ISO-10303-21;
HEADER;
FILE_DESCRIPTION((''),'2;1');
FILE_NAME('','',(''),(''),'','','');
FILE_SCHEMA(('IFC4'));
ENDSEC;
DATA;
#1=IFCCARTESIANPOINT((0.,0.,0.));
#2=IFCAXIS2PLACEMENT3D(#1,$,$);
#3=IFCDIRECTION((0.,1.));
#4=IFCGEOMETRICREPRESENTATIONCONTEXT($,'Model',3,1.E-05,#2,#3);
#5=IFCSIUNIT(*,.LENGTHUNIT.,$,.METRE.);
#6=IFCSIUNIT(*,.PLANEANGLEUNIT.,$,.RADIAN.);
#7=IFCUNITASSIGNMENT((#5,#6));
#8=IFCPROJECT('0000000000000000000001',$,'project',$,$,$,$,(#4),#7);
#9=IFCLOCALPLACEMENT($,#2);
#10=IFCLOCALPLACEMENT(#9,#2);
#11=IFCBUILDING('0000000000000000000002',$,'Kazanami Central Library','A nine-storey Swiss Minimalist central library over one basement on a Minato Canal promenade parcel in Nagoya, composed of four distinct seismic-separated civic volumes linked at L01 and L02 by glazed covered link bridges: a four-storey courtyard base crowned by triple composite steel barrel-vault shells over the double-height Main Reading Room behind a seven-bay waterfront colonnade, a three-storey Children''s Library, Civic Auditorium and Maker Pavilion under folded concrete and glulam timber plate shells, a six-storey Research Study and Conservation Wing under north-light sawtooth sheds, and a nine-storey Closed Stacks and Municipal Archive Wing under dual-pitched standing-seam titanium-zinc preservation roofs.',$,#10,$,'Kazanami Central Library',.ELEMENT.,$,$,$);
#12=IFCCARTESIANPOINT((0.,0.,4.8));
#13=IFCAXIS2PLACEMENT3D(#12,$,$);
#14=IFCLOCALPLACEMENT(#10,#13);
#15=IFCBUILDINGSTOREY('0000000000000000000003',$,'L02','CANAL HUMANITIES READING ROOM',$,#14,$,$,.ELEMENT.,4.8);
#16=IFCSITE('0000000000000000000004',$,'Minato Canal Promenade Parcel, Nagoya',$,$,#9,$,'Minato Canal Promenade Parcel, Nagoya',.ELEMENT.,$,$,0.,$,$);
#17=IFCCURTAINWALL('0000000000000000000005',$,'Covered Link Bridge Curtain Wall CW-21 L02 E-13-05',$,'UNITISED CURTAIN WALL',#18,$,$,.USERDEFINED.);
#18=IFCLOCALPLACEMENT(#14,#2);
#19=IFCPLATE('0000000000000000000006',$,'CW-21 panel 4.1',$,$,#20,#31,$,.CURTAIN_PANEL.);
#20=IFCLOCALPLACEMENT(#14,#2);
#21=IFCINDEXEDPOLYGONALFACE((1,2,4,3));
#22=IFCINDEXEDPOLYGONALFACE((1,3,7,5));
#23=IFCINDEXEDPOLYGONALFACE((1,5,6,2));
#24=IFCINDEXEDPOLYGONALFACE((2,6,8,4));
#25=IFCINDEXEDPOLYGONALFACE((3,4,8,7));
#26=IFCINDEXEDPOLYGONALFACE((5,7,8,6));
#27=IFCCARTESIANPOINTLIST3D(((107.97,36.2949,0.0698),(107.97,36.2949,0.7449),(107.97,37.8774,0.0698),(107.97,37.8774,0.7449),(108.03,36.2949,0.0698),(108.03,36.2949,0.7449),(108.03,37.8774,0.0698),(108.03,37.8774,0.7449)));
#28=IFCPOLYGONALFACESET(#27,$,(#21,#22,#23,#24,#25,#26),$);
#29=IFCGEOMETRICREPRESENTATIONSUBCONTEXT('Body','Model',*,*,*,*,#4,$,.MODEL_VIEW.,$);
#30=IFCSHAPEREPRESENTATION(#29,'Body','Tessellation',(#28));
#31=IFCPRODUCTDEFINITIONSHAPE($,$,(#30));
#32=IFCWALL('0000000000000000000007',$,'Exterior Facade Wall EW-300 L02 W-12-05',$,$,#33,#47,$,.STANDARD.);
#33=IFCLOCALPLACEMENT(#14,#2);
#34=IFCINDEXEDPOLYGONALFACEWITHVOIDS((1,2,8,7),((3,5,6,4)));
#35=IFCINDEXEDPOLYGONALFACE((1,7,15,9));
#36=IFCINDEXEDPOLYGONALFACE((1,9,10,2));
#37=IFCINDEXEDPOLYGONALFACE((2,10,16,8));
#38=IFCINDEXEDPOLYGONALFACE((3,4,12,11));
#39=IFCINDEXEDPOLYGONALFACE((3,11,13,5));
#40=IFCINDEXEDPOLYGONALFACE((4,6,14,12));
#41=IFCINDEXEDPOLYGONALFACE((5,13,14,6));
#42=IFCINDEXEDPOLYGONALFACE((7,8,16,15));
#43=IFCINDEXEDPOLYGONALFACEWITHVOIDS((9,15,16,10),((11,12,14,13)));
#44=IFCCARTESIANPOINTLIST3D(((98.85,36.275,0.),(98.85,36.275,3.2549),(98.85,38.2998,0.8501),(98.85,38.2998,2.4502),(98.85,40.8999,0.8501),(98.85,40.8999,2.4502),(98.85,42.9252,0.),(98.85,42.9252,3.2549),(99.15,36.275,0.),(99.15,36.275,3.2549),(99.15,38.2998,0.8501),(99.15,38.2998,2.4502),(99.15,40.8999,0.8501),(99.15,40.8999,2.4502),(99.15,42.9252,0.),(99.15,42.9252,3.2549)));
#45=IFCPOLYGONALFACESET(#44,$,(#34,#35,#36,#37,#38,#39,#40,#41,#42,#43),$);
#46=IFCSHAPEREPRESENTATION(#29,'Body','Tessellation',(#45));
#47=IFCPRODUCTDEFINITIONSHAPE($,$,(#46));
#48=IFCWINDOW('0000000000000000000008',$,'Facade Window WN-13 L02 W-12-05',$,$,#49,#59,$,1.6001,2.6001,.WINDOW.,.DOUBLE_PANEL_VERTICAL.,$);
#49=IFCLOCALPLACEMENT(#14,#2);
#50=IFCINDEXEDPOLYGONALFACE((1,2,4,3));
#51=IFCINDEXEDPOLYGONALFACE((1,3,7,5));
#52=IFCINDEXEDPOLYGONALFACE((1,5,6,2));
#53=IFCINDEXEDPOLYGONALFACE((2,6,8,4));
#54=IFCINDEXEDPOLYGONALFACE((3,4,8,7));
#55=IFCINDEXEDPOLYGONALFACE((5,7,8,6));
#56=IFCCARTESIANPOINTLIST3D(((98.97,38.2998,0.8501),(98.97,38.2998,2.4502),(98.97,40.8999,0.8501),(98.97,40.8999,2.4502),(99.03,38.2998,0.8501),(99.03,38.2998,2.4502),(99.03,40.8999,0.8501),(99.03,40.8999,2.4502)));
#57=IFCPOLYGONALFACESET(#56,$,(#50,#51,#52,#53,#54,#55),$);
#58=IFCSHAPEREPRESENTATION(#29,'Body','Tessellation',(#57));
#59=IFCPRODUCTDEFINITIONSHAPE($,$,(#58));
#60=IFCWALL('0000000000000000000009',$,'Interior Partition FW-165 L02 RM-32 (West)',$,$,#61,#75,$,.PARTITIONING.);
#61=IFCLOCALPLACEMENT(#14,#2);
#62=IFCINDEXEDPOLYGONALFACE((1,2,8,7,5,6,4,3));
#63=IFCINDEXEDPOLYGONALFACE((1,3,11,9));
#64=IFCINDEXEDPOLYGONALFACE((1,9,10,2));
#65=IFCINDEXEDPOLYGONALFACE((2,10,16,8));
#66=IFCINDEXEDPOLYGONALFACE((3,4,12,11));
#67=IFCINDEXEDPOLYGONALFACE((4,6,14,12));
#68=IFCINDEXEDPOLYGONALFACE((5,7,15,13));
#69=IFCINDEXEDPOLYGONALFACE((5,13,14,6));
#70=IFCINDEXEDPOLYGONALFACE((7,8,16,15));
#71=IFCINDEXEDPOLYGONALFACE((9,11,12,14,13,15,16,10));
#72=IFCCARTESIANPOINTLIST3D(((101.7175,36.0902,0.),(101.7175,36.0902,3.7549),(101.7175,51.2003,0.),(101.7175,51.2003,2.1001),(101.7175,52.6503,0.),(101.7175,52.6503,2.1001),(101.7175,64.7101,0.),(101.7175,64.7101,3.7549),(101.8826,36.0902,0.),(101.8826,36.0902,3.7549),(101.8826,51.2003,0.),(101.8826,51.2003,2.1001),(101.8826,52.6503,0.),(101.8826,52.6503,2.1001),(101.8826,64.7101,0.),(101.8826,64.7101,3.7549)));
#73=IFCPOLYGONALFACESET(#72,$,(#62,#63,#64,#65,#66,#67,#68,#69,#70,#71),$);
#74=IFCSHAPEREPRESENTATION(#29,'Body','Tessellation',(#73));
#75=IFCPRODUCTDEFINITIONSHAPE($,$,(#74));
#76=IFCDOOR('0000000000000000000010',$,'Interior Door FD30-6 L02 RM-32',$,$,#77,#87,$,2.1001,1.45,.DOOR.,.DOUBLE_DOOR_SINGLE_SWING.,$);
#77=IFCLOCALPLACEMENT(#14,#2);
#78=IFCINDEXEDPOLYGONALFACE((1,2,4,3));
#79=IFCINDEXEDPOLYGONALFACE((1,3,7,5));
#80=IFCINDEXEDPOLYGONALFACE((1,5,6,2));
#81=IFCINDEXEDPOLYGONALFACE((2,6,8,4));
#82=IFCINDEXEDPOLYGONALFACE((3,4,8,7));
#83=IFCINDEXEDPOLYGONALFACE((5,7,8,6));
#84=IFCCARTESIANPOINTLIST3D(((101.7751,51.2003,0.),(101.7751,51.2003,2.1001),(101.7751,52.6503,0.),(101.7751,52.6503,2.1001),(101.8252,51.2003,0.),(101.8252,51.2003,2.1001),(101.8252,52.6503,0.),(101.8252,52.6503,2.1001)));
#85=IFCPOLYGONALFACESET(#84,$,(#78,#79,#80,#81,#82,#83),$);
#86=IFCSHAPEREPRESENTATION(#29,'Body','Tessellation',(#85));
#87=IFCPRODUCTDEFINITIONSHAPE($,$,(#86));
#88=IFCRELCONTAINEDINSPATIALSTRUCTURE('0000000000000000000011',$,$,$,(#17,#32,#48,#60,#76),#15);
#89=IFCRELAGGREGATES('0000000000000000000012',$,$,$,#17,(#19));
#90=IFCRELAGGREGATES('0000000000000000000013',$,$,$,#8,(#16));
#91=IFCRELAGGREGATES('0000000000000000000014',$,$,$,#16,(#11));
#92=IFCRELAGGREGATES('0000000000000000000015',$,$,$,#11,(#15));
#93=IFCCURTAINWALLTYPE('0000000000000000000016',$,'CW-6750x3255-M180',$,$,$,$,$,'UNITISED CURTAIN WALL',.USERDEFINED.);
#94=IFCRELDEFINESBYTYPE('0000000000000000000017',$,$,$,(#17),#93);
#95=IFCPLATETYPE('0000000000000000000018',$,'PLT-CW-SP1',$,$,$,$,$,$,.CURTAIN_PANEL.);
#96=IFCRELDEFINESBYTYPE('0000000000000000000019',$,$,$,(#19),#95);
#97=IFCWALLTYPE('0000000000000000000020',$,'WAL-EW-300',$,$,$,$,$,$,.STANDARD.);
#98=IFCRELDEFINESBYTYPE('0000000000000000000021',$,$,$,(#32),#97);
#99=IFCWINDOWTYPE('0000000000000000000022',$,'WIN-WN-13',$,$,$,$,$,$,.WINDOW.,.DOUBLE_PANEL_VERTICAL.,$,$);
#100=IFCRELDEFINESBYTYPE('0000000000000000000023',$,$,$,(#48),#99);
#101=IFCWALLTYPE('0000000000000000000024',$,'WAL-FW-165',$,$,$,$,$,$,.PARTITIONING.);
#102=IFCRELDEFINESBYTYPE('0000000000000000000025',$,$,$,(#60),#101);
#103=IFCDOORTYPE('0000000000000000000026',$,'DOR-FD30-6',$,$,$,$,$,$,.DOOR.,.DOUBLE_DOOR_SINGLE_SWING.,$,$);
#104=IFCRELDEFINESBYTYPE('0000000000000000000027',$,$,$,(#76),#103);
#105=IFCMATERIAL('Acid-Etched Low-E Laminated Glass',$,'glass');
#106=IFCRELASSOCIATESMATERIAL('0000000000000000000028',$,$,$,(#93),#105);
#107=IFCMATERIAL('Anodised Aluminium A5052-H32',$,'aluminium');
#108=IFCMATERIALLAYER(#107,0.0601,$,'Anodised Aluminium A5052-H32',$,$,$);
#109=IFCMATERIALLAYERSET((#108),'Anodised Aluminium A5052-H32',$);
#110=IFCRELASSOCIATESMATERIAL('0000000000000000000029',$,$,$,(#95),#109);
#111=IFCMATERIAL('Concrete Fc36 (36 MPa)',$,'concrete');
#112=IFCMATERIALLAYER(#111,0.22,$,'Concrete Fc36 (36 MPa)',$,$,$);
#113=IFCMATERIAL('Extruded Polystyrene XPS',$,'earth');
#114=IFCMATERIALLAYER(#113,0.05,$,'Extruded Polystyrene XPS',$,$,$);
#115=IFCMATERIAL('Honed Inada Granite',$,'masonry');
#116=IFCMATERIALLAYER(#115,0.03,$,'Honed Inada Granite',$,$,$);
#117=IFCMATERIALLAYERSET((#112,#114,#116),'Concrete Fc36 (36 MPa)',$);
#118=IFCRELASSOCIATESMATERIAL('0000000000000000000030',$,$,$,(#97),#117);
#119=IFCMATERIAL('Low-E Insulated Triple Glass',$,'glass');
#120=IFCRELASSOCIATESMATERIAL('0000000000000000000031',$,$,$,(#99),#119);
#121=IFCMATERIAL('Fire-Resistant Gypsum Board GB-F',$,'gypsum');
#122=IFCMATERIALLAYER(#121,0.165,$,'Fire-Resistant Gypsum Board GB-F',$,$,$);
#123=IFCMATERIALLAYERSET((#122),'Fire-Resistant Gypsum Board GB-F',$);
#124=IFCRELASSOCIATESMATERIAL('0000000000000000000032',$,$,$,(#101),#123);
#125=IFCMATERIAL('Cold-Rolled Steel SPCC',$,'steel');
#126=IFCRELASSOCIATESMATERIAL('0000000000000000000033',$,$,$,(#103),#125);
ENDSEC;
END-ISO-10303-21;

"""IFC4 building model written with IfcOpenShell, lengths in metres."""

from ifc_helpers import new_model, si_unit, direction, frame, frame_2d, origin, origin_2d, place, context, subcontext, project, spatial, rectangle, extrude, material, layer, layer_set, type_object, element, fill, aggregate, save


model = new_model("IFC4")

# Units and contexts
model_context = context("Model", 3, precision=1e-05, world=origin(), true_north=direction((0.0, 1.0)))
body_context = subcontext(model_context, "Body", "Model", "MODEL_VIEW")
ifc_project = project(units=[si_unit("LENGTHUNIT", "METRE"), si_unit("PLANEANGLEUNIT", "RADIAN")], contexts=[model_context])

# Site, building, storey
site_placement = place(None, origin())
site = spatial("IfcSite", under=ifc_project, at=site_placement, Name="Minato Canal Promenade Parcel, Nagoya", LongName="Minato Canal Promenade Parcel, Nagoya", CompositionType="ELEMENT", RefElevation=0.0)
building_placement = place(site_placement, origin())
building = spatial("IfcBuilding", under=site, at=building_placement, Name="Kazanami Central Library", Description="A nine-storey Swiss Minimalist central library over one basement on a Minato Canal promenade parcel in Nagoya, composed of four distinct seismic-separated civic volumes linked at L01 and L02 by glazed covered link bridges: a four-storey courtyard base crowned by triple composite steel barrel-vault shells over the double-height Main Reading Room behind a seven-bay waterfront colonnade, a three-storey Children's Library, Civic Auditorium and Maker Pavilion under folded concrete and glulam timber plate shells, a six-storey Research Study and Conservation Wing under north-light sawtooth sheds, and a nine-storey Closed Stacks and Municipal Archive Wing under dual-pitched standing-seam titanium-zinc preservation roofs.", LongName="Kazanami Central Library", CompositionType="ELEMENT")
storey_placement = place(building_placement, frame((0.0, 0.0, 4.8)))
storey = spatial("IfcBuildingStorey", under=building, at=storey_placement, Name="L02", Description="CANAL HUMANITIES READING ROOM", CompositionType="ELEMENT", Elevation=4.8)

# Curtain wall
ifc_material_1 = material(Name="Acid-Etched Low-E Laminated Glass", Category="glass")
curtain_wall_type_1 = type_object("IfcCurtainWallType", Name="CW-6750x3255-M180", ElementType="UNITISED CURTAIN WALL", PredefinedType="USERDEFINED", material=ifc_material_1)
curtain_wall_1_placement = place(storey_placement, origin())
curtain_wall_1 = element("IfcCurtainWall", 1, at=curtain_wall_1_placement, inside=storey, type_object=curtain_wall_type_1, Name="Covered Link Bridge Curtain Wall CW-21 L02 E-13-05", ObjectType="UNITISED CURTAIN WALL", PredefinedType="USERDEFINED")

# Plate
ifc_material_2 = material(Name="Low-E Insulated Triple Glass", Category="glass")
ifc_material_3 = material(Name="Anodised Aluminium A5052-H32", Category="aluminium")
ifc_layer_1 = layer(ifc_material_3, 0.0601, Name="Anodised Aluminium A5052-H32")
ifc_layer_set_1 = layer_set([ifc_layer_1], Name="Anodised Aluminium A5052-H32")
plate_type_1 = type_object("IfcPlateType", Name="PLT-CW-SP1", PredefinedType="CURTAIN_PANEL", material=ifc_layer_set_1)
plate_1_placement = place(storey_placement, frame((108.0, 37.0862, 0.0698), z_axis=(0.0, 0.0, 1.0), x_axis=(0.0, -1.0, 0.0)))
plate_1 = element("IfcPlate", 2, at=plate_1_placement, type_object=plate_type_1, Name="CW-21 panel 4.1", PredefinedType="CURTAIN_PANEL", context=body_context, shape_type="SweptSolid", body=[
    extrude(rectangle(XDim=1.5825, YDim=0.0601, at=origin_2d()), origin(), (0.0, 0.0, 1.0), 0.675),
])
aggregate(curtain_wall_1, [plate_1])

# Wall, opening, window
ifc_material_4 = material(Name="Concrete Fc36 (36 MPa)", Category="concrete")
ifc_layer_2 = layer(ifc_material_4, 0.22, Name="Concrete Fc36 (36 MPa)")
ifc_material_5 = material(Name="Extruded Polystyrene XPS", Category="earth")
ifc_layer_3 = layer(ifc_material_5, 0.05, Name="Extruded Polystyrene XPS")
ifc_material_6 = material(Name="Honed Inada Granite", Category="masonry")
ifc_layer_4 = layer(ifc_material_6, 0.03, Name="Honed Inada Granite")
ifc_layer_set_2 = layer_set([ifc_layer_2, ifc_layer_3, ifc_layer_4], Name="Concrete Fc36 (36 MPa)")
wall_type_1 = type_object("IfcWallType", Name="WAL-EW-300", PredefinedType="STANDARD", material=ifc_layer_set_2)
wall_1_placement = place(storey_placement, frame((99.0, 36.2749, 0.0), z_axis=(0.0, 0.0, 1.0), x_axis=(0.0, 1.0, 0.0)))
wall_1 = element("IfcWall", 3, at=wall_1_placement, inside=storey, type_object=wall_type_1, Name="Exterior Facade Wall EW-300 L02 W-12-05", PredefinedType="STANDARD", context=body_context, shape_type="SweptSolid", body=[
    extrude(rectangle(XDim=6.6501, YDim=0.3, at=frame_2d((3.3252, 0.0))), origin(), (0.0, 0.0, 1.0), 3.2549),
])
opening_1_placement = place(wall_1_placement, frame((2.0249, 0.0, 0.8501)))
opening_1 = element("IfcOpeningElement", 4, at=opening_1_placement, cuts=wall_1, PredefinedType="OPENING", context=body_context, shape_type="SweptSolid", body=[
    extrude(rectangle(XDim=2.6001, YDim=1.6001, at=frame_2d((1.3, 0.8))), frame((0.0, 0.1621, 0.0), z_axis=(0.0, -1.0, 0.0), x_axis=(1.0, 0.0, 0.0)), (0.0, 0.0, 1.0), 0.324),
])
window_type = type_object("IfcWindowType", Name="WIN-WN-13", PartitioningType="DOUBLE_PANEL_VERTICAL", PredefinedType="WINDOW", material=ifc_material_2)
window_placement = place(opening_1_placement, origin())
window = element("IfcWindow", 5, at=window_placement, inside=storey, type_object=window_type, Name="Facade Window WN-13 L02 W-12-05", OverallHeight=1.6001, OverallWidth=2.6001, PartitioningType="DOUBLE_PANEL_VERTICAL", PredefinedType="WINDOW", context=body_context, shape_type="SweptSolid", body=[
    extrude(rectangle(XDim=2.6001, YDim=1.6001, at=frame_2d((1.3, 0.8))), frame((0.0, 0.03, 0.0), z_axis=(0.0, -1.0, 0.0), x_axis=(1.0, 0.0, 0.0)), (0.0, 0.0, 1.0), 0.0601),
])
fill(opening_1, window)

# Shared definitions
ifc_material_7 = material(Name="Fire-Resistant Gypsum Board GB-F", Category="gypsum")
ifc_layer_5 = layer(ifc_material_7, 0.165, Name="Fire-Resistant Gypsum Board GB-F")
ifc_layer_set_3 = layer_set([ifc_layer_5], Name="Fire-Resistant Gypsum Board GB-F")
wall_type_2 = type_object("IfcWallType", Name="WAL-FW-165", PredefinedType="PARTITIONING", material=ifc_layer_set_3)

# Wall, opening, door
wall_2_placement = place(storey_placement, frame((101.8, 36.0901, 0.0), z_axis=(0.0, 0.0, 1.0), x_axis=(0.0, 1.0, 0.0)))
wall_2 = element("IfcWall", 6, at=wall_2_placement, inside=storey, type_object=wall_type_2, Name="Interior Partition FW-165 L02 RM-32 (West)", PredefinedType="PARTITIONING", context=body_context, shape_type="SweptSolid", body=[
    extrude(rectangle(XDim=28.6199, YDim=0.165, at=frame_2d((14.3101, 0.0))), origin(), (0.0, 0.0, 1.0), 3.7549),
])
opening_2_placement = place(wall_2_placement, frame((15.1101, 0.0, 0.0)))
opening_2 = element("IfcOpeningElement", 7, at=opening_2_placement, cuts=wall_2, PredefinedType="OPENING", context=body_context, shape_type="SweptSolid", body=[
    extrude(rectangle(XDim=1.45, YDim=2.1001, at=frame_2d((0.7251, 1.05))), frame((0.0, 0.0945, 0.0), z_axis=(0.0, -1.0, 0.0), x_axis=(1.0, 0.0, 0.0)), (0.0, 0.0, 1.0), 0.189),
])
ifc_material_8 = material(Name="Cold-Rolled Steel SPCC", Category="steel")
door_type = type_object("IfcDoorType", Name="DOR-FD30-6", OperationType="DOUBLE_DOOR_SINGLE_SWING", PredefinedType="DOOR", material=ifc_material_8)
door_placement = place(opening_2_placement, origin())
door = element("IfcDoor", 8, at=door_placement, inside=storey, type_object=door_type, Name="Interior Door FD30-6 L02 RM-32", OperationType="DOUBLE_DOOR_SINGLE_SWING", OverallHeight=2.1001, OverallWidth=1.45, PredefinedType="DOOR", context=body_context, shape_type="SweptSolid", body=[
    extrude(rectangle(XDim=1.45, YDim=2.1001, at=frame_2d((0.7251, 1.05))), frame((0.0, 0.0249, 0.0), z_axis=(0.0, -1.0, 0.0), x_axis=(1.0, 0.0, 0.0)), (0.0, 0.0, 1.0), 0.05),
])
fill(opening_2, door)

save(model, "model.ifc")
